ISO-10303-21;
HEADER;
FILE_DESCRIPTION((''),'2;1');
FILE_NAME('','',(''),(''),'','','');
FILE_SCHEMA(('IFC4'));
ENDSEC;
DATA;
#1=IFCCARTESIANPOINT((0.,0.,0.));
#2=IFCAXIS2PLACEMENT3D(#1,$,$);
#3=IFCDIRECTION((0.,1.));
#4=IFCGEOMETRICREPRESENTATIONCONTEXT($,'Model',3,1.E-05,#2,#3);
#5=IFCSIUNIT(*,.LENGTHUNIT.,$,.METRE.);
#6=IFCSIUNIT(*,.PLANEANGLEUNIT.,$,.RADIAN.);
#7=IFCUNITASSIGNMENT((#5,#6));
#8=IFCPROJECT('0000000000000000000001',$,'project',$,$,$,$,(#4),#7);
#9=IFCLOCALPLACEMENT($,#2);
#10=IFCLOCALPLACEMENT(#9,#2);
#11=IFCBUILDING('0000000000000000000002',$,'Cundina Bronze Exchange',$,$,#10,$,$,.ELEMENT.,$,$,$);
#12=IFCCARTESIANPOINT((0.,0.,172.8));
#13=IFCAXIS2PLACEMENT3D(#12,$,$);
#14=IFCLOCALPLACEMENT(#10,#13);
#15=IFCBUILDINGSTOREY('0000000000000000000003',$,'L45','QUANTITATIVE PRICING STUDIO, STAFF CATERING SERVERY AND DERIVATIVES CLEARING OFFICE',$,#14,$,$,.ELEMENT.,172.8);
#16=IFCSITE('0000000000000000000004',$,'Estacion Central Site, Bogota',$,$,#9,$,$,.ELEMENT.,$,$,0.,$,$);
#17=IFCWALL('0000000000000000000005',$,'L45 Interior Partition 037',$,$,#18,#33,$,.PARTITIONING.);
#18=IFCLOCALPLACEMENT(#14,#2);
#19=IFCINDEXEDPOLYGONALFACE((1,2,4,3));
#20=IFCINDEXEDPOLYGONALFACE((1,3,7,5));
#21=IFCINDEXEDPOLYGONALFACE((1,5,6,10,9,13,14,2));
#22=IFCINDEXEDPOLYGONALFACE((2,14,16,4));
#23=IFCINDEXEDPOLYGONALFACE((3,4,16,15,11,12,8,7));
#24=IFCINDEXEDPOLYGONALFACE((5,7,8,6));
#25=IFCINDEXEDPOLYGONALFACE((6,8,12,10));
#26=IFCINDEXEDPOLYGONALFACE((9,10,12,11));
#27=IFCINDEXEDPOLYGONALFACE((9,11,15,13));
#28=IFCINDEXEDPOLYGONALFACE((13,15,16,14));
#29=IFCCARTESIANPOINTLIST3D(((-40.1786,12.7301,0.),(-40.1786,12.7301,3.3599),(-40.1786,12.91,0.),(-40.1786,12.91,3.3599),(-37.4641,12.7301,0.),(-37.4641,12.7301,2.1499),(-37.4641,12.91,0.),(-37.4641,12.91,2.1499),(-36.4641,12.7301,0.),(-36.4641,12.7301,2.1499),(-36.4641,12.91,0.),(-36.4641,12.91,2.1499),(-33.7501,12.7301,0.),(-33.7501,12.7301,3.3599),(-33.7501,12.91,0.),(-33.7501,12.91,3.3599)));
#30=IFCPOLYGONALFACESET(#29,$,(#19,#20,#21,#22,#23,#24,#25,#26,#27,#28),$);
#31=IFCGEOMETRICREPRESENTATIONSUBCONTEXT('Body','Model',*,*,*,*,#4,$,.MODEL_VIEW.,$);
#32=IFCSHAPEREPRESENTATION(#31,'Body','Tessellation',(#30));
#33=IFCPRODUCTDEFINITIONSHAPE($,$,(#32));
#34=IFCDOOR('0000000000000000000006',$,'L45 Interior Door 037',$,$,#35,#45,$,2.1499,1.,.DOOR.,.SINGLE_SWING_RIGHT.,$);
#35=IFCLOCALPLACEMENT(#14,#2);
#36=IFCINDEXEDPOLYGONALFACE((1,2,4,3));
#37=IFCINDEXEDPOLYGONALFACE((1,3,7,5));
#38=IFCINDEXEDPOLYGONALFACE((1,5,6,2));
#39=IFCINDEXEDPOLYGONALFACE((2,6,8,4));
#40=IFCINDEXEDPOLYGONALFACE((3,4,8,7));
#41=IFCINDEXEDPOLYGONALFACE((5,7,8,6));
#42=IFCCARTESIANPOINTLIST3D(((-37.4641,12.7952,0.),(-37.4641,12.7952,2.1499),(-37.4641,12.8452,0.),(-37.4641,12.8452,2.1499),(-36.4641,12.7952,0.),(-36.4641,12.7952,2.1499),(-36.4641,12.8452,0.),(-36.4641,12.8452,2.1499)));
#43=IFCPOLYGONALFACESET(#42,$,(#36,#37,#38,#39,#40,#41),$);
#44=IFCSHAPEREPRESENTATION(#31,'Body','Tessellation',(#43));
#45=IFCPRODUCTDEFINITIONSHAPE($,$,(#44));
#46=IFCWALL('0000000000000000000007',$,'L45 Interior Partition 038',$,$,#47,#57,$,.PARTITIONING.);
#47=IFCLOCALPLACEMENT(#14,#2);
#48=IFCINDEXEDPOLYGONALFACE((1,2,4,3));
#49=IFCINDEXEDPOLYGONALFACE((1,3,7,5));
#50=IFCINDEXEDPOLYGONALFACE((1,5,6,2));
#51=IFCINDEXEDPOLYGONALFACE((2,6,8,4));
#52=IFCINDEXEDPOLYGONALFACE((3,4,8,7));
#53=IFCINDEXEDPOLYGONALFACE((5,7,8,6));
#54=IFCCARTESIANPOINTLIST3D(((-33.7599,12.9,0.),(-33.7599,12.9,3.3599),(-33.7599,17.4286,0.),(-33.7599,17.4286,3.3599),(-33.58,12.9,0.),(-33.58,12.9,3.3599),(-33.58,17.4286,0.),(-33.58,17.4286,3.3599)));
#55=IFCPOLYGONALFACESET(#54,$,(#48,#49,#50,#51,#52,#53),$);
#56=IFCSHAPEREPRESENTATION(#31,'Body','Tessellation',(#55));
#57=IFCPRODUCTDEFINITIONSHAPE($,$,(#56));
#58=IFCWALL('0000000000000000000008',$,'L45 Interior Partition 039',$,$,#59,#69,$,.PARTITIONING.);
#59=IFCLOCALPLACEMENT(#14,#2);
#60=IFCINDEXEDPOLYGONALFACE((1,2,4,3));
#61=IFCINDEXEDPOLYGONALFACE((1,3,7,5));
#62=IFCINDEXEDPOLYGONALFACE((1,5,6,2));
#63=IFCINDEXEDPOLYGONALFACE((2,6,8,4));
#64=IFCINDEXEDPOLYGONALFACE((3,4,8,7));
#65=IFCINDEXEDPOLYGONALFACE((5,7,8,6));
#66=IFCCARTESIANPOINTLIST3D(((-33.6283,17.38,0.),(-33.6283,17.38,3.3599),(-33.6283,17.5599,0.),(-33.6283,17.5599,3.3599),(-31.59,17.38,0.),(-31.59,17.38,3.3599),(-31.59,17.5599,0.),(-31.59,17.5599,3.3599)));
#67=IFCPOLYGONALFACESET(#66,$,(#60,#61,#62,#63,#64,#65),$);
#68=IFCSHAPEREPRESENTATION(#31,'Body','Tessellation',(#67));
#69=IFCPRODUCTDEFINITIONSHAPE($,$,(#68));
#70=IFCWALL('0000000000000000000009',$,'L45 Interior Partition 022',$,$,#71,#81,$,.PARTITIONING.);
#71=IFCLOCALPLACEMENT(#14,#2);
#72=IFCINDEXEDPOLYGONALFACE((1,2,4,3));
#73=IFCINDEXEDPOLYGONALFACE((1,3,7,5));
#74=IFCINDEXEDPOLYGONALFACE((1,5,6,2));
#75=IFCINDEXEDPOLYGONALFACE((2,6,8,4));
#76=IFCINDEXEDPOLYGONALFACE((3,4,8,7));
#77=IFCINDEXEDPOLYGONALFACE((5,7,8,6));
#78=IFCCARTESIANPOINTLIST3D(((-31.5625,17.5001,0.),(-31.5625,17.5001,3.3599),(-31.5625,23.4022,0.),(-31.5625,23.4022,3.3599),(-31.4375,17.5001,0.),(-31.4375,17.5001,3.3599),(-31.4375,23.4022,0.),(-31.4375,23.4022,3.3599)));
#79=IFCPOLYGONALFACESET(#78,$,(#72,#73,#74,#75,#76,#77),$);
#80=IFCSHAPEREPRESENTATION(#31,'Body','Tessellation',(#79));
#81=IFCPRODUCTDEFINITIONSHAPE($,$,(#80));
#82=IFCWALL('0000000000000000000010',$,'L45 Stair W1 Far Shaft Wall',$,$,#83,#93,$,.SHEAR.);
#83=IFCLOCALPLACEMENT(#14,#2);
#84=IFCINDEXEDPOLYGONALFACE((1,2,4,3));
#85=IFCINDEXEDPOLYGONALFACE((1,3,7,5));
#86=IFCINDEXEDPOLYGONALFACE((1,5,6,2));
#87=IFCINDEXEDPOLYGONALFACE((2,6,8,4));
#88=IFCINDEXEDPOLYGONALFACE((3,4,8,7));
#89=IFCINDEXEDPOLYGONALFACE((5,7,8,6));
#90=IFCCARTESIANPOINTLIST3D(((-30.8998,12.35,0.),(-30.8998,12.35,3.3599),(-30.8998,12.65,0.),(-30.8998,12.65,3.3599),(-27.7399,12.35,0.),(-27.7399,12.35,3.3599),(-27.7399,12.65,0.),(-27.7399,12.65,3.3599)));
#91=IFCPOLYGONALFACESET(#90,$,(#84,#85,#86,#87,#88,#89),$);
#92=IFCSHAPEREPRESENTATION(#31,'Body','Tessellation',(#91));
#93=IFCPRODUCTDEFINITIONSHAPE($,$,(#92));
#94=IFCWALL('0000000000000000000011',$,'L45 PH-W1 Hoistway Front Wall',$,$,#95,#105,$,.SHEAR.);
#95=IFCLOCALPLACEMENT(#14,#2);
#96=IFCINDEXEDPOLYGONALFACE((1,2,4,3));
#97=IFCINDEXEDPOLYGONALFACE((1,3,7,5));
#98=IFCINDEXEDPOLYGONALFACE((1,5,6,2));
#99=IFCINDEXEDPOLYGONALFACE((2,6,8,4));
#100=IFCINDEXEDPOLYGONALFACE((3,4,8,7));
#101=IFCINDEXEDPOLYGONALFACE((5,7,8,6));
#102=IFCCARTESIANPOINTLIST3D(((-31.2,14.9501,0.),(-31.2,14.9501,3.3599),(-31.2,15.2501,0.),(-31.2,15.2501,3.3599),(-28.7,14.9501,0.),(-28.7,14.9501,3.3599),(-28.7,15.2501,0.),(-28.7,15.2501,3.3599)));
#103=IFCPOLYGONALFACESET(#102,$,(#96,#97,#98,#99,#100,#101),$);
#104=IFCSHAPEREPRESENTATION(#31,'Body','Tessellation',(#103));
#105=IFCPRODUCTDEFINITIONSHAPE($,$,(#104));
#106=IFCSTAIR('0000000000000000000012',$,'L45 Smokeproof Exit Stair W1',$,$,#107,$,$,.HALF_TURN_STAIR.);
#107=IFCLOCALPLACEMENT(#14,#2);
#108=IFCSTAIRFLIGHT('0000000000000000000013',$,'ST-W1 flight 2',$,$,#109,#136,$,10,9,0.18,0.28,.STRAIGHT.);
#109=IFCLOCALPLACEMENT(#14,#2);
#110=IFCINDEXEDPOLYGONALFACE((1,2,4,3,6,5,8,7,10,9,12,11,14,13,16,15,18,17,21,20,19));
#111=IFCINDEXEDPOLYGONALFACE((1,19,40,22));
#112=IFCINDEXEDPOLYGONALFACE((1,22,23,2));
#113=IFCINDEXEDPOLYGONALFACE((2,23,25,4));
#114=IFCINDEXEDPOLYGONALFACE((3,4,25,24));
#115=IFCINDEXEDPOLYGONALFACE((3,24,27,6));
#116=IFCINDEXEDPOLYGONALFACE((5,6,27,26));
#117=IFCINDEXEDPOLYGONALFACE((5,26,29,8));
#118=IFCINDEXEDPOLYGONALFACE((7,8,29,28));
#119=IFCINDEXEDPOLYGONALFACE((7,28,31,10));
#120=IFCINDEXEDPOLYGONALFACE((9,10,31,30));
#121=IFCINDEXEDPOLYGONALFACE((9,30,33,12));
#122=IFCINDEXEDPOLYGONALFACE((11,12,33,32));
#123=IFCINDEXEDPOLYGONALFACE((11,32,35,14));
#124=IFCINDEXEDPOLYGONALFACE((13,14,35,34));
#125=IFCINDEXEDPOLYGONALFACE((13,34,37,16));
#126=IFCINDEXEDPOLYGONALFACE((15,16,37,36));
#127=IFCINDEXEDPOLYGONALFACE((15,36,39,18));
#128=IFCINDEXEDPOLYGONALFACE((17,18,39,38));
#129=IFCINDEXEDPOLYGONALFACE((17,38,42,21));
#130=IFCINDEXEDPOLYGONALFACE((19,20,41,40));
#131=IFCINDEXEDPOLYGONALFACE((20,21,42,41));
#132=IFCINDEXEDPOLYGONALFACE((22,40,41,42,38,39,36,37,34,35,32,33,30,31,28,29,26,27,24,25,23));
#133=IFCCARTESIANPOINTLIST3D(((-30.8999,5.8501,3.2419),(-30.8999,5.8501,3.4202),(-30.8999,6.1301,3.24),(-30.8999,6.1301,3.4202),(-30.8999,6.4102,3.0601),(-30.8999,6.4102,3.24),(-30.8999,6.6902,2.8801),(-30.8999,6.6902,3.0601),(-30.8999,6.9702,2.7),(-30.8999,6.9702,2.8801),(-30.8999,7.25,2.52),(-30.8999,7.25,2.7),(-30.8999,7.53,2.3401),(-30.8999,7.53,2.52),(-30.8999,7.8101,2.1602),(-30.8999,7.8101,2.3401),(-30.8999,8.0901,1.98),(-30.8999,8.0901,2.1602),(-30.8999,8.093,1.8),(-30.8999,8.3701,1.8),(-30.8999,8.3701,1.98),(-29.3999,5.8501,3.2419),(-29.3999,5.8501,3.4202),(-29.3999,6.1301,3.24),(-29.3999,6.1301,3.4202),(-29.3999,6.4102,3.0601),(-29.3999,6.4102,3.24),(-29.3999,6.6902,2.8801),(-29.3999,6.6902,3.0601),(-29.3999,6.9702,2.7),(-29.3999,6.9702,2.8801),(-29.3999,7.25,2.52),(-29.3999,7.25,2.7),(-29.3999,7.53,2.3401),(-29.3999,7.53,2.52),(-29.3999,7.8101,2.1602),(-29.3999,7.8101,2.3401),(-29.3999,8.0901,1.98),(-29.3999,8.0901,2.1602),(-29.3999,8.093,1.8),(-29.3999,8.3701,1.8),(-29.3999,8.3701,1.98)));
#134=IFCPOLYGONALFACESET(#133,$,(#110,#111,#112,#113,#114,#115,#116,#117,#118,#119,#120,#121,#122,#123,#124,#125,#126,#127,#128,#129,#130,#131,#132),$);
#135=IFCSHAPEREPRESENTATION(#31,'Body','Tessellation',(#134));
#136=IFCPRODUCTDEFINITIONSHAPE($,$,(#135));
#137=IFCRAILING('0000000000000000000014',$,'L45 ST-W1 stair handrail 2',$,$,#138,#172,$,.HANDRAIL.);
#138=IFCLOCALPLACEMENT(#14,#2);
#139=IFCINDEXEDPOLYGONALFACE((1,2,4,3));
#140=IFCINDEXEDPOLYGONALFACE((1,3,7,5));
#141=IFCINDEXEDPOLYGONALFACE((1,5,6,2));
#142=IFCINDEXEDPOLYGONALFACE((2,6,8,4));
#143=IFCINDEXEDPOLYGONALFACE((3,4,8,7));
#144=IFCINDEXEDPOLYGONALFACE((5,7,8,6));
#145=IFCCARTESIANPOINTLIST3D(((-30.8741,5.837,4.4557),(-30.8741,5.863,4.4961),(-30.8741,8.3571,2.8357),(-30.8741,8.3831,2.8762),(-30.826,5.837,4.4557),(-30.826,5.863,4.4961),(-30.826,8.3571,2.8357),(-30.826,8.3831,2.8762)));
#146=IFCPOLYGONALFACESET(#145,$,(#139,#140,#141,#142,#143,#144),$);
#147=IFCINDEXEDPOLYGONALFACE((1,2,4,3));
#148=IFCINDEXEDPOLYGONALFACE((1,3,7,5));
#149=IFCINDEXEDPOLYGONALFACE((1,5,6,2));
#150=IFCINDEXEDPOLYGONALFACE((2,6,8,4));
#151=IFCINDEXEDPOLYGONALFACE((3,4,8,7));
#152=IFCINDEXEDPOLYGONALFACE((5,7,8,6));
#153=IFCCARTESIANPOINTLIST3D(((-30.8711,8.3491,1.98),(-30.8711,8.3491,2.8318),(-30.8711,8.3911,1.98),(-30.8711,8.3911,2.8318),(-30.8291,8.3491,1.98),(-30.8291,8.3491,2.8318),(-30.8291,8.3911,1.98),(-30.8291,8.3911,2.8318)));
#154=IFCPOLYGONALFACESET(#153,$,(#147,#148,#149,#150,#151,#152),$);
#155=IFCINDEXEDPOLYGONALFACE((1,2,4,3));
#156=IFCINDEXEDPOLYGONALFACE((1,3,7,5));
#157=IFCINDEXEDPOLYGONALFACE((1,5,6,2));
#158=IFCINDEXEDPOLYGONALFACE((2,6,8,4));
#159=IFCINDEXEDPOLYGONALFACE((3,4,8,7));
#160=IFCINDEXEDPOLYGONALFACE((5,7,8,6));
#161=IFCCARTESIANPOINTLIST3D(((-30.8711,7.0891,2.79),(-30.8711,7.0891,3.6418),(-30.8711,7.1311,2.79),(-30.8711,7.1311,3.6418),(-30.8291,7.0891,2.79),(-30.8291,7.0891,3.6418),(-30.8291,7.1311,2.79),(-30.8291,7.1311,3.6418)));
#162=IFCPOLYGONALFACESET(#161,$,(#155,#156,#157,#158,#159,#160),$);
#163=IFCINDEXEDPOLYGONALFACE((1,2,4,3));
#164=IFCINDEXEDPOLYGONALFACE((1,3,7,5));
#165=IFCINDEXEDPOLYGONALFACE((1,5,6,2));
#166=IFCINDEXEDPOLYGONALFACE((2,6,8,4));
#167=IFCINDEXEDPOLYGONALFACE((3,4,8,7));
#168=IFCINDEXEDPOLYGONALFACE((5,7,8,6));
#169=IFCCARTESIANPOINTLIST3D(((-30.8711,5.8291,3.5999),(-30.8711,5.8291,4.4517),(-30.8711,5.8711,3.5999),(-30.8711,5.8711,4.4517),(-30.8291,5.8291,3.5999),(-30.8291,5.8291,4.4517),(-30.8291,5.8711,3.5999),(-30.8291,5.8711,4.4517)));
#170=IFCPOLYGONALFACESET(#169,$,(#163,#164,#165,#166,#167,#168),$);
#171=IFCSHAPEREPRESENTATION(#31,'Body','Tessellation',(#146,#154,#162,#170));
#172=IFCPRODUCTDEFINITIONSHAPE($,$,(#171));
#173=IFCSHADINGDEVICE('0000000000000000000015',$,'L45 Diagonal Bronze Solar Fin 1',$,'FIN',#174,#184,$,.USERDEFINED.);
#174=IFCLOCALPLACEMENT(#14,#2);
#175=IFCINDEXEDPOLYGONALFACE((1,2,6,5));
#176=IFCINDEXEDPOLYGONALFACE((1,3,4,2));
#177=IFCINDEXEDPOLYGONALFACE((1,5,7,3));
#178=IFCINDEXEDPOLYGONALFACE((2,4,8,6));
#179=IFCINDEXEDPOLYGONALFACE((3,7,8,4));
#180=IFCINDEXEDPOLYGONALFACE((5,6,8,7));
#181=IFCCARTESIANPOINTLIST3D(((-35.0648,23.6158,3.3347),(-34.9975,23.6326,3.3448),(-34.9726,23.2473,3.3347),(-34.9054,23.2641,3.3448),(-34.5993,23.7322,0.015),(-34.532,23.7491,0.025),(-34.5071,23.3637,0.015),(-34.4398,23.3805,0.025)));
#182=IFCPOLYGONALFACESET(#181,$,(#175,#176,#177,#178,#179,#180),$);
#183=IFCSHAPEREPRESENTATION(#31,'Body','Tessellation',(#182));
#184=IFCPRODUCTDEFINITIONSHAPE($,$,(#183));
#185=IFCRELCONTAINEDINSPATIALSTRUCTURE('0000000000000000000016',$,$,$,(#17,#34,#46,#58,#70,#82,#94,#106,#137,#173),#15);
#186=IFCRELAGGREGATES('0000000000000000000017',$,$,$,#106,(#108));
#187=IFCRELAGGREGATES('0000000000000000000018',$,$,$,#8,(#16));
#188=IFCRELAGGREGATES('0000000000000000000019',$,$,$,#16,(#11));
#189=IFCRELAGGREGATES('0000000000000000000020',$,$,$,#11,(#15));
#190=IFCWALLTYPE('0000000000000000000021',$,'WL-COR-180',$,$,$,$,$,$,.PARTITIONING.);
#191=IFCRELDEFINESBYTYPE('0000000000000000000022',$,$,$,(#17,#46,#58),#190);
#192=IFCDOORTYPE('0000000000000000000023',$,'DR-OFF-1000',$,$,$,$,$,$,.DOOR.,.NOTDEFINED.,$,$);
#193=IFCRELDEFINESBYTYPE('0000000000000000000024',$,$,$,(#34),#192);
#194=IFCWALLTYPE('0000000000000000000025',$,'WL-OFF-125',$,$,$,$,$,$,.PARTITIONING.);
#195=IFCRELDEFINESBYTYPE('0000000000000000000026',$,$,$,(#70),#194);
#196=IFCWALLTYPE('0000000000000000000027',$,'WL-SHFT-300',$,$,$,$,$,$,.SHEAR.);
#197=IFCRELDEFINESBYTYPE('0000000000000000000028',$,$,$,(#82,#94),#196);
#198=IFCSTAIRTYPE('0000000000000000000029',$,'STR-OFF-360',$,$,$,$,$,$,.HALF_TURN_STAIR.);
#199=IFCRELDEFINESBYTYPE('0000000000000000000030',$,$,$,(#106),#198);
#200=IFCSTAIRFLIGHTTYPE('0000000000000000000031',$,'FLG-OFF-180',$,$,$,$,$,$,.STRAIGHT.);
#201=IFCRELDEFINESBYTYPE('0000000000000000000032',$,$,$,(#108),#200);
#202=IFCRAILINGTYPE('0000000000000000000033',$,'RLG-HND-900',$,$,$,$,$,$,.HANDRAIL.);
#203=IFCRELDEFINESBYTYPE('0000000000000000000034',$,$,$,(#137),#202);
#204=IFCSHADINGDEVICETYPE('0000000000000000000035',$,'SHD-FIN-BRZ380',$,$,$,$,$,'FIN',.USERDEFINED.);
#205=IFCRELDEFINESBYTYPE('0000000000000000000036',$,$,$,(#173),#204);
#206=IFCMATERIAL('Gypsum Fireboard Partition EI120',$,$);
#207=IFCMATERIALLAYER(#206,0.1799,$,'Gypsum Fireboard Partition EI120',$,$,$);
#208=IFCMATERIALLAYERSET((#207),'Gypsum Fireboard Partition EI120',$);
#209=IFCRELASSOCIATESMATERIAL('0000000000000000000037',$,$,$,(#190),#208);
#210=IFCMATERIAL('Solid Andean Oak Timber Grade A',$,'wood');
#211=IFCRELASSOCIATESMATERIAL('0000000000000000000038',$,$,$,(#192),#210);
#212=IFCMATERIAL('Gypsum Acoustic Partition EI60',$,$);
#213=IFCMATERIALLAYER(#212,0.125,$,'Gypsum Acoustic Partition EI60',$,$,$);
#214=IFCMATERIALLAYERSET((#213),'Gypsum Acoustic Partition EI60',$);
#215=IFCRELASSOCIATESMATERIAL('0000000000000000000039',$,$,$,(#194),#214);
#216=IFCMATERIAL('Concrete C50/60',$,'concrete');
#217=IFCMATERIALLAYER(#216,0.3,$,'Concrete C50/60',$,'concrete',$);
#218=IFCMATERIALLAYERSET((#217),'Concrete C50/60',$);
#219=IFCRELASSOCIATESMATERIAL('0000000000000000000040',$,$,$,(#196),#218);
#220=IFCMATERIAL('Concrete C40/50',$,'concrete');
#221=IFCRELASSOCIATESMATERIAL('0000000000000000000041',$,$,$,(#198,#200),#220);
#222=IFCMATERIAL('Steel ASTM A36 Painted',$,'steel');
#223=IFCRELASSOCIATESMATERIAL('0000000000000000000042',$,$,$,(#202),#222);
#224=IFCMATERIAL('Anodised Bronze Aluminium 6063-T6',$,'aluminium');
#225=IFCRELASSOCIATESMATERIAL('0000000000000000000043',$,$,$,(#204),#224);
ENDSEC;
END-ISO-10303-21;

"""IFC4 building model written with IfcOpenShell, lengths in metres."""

from ifc_helpers import new_model, si_unit, direction, frame, frame_2d, origin, origin_2d, place, context, subcontext, project, spatial, polyline, rectangle, outline, extrude, material, layer, layer_set, material_profile, profile_set, type_object, element, fill, aggregate, save


model = new_model("IFC4")

# Units and contexts
model_context = context("Model", 3, precision=1e-05, world=origin(), true_north=direction((0.0, 1.0)))
body_context = subcontext(model_context, "Body", "Model", "MODEL_VIEW")
ifc_project = project(units=[si_unit("LENGTHUNIT", "METRE"), si_unit("PLANEANGLEUNIT", "RADIAN")], contexts=[model_context])

# Site, building, storey
site_placement = place(None, origin())
site = spatial("IfcSite", under=ifc_project, at=site_placement, Name="Estacion Central Site, Bogota", CompositionType="ELEMENT", RefElevation=0.0)
building_placement = place(site_placement, origin())
building = spatial("IfcBuilding", under=site, at=building_placement, Name="Cundina Bronze Exchange", CompositionType="ELEMENT")
storey_placement = place(building_placement, frame((0.0, 0.0, 172.8)))
storey = spatial("IfcBuildingStorey", under=building, at=storey_placement, Name="L45", Description="QUANTITATIVE PRICING STUDIO, STAFF CATERING SERVERY AND DERIVATIVES CLEARING OFFICE", CompositionType="ELEMENT", Elevation=172.8)

# Shared definitions
ifc_material_1 = material(Name="Concrete C50/60", Category="concrete")

# Shared definitions
ifc_material_2 = material(Name="Anodised Bronze Aluminium 6063-T6", Category="aluminium")

# Shared definitions
ifc_material_3 = material(Name="Gypsum Fireboard Partition EI120")
ifc_layer_1 = layer(ifc_material_3, 0.1799, Name="Gypsum Fireboard Partition EI120")
ifc_layer_set_1 = layer_set([ifc_layer_1], Name="Gypsum Fireboard Partition EI120")
wall_type_1 = type_object("IfcWallType", Name="WL-COR-180", PredefinedType="PARTITIONING", material=ifc_layer_set_1)
ifc_material_4 = material(Name="Solid Andean Oak Timber Grade A", Category="wood")
door_type_1 = type_object("IfcDoorType", Name="DR-OFF-1000", OperationType="NOTDEFINED", PredefinedType="DOOR", material=ifc_material_4)

# Wall, opening, door
wall_1_placement = place(storey_placement, frame((-33.75, 12.8201, 0.0), z_axis=(0.0, 0.0, 1.0), x_axis=(-1.0, 0.0, 0.0)))
wall_1 = element("IfcWall", 1, at=wall_1_placement, inside=storey, type_object=wall_type_1, Name="L45 Interior Partition 037", PredefinedType="PARTITIONING", context=body_context, shape_type="SweptSolid", body=[
    extrude(rectangle(XDim=6.4285, YDim=0.1799, at=frame_2d((3.2144, 0.0))), origin(), (0.0, 0.0, 1.0), 3.3599),
])
opening_1_placement = place(wall_1_placement, frame((2.7141, 0.0, 0.0)))
opening_1 = element("IfcOpeningElement", 2, at=opening_1_placement, cuts=wall_1, PredefinedType="OPENING", context=body_context, shape_type="SweptSolid", body=[
    extrude(rectangle(XDim=1.0, YDim=2.1499, at=frame_2d((0.5, 1.075))), frame((0.0, 0.0999, 0.0), z_axis=(0.0, -1.0, 0.0), x_axis=(1.0, 0.0, 0.0)), (0.0, 0.0, 1.0), 0.2),
])
door_1_placement = place(opening_1_placement, origin())
door_1 = element("IfcDoor", 3, at=door_1_placement, inside=storey, type_object=door_type_1, Name="L45 Interior Door 037", OperationType="SINGLE_SWING_RIGHT", OverallHeight=2.1499, OverallWidth=1.0, PredefinedType="DOOR", context=body_context, shape_type="SweptSolid", body=[
    extrude(rectangle(XDim=1.0, YDim=2.1499, at=frame_2d((0.5, 1.075))), frame((0.0, 0.0249, 0.0), z_axis=(0.0, -1.0, 0.0), x_axis=(1.0, 0.0, 0.0)), (0.0, 0.0, 1.0), 0.05),
])
fill(opening_1, door_1)

# Walls
wall_2_placement = place(storey_placement, frame((-33.6699, 17.4285, 0.0), z_axis=(0.0, 0.0, 1.0), x_axis=(0.0, -1.0, 0.0)))
element("IfcWall", 4, at=wall_2_placement, inside=storey, type_object=wall_type_1, Name="L45 Interior Partition 038", PredefinedType="PARTITIONING", context=body_context, shape_type="SweptSolid", body=[
    extrude(rectangle(XDim=4.5286, YDim=0.1799, at=frame_2d((2.2642, 0.0))), origin(), (0.0, 0.0, 1.0), 3.3599),
])
wall_3_placement = place(storey_placement, frame((-31.5901, 17.47, 0.0), z_axis=(0.0, 0.0, 1.0), x_axis=(-1.0, 0.0, 0.0)))
element("IfcWall", 5, at=wall_3_placement, inside=storey, type_object=wall_type_1, Name="L45 Interior Partition 039", PredefinedType="PARTITIONING", context=body_context, shape_type="SweptSolid", body=[
    extrude(rectangle(XDim=2.0383, YDim=0.1799, at=frame_2d((1.019, 0.0))), origin(), (0.0, 0.0, 1.0), 3.3599),
])
ifc_material_5 = material(Name="Gypsum Acoustic Partition EI60")
ifc_layer_2 = layer(ifc_material_5, 0.125, Name="Gypsum Acoustic Partition EI60")
ifc_layer_set_2 = layer_set([ifc_layer_2], Name="Gypsum Acoustic Partition EI60")
wall_type_2 = type_object("IfcWallType", Name="WL-OFF-125", PredefinedType="PARTITIONING", material=ifc_layer_set_2)
wall_4_placement = place(storey_placement, frame((-31.5, 17.5, 0.0), z_axis=(0.0, 0.0, 1.0), x_axis=(0.0, 1.0, 0.0)))
element("IfcWall", 6, at=wall_4_placement, inside=storey, type_object=wall_type_2, Name="L45 Interior Partition 022", PredefinedType="PARTITIONING", context=body_context, shape_type="SweptSolid", body=[
    extrude(rectangle(XDim=5.9021, YDim=0.125, at=frame_2d((2.9512, 0.0))), origin(), (0.0, 0.0, 1.0), 3.3599),
])

# Shared definitions
ifc_layer_3 = layer(ifc_material_1, 0.3, Name="Concrete C50/60", Category="concrete")
ifc_layer_set_3 = layer_set([ifc_layer_3], Name="Concrete C50/60")
wall_type_3 = type_object("IfcWallType", Name="WL-SHFT-300", PredefinedType="SHEAR", material=ifc_layer_set_3)
ifc_material_6 = material(Name="Steel ASTM A36 Painted", Category="steel")

# Walls
wall_5_placement = place(storey_placement, frame((-30.8999, 12.5, 0.0), z_axis=(0.0, 0.0, 1.0), x_axis=(1.0, 0.0, 0.0)))
element("IfcWall", 7, at=wall_5_placement, inside=storey, type_object=wall_type_3, Name="L45 Stair W1 Far Shaft Wall", PredefinedType="SHEAR", context=body_context, shape_type="SweptSolid", body=[
    extrude(rectangle(XDim=3.1599, YDim=0.3, at=frame_2d((1.5801, 0.0))), origin(), (0.0, 0.0, 1.0), 3.3599),
])
wall_6_placement = place(storey_placement, frame((-31.2, 15.1001, 0.0), z_axis=(0.0, 0.0, 1.0), x_axis=(1.0, 0.0, 0.0)))
element("IfcWall", 8, at=wall_6_placement, inside=storey, type_object=wall_type_3, Name="L45 PH-W1 Hoistway Front Wall", PredefinedType="SHEAR", context=body_context, shape_type="SweptSolid", body=[
    extrude(rectangle(XDim=2.5, YDim=0.3, at=frame_2d((1.25, 0.0))), origin(), (0.0, 0.0, 1.0), 3.3599),
])

# Stair, stair flight
ifc_material_7 = material(Name="Concrete C40/50", Category="concrete")
stair_type = type_object("IfcStairType", Name="STR-OFF-360", PredefinedType="HALF_TURN_STAIR", material=ifc_material_7)
stair_placement = place(storey_placement, origin())
stair = element("IfcStair", 9, at=stair_placement, inside=storey, type_object=stair_type, Name="L45 Smokeproof Exit Stair W1", PredefinedType="HALF_TURN_STAIR")
stair_flight_type = type_object("IfcStairFlightType", Name="FLG-OFF-180", PredefinedType="STRAIGHT", material=ifc_material_7)
stair_flight_placement = place(storey_placement, frame((-30.1499, 8.3701, 1.8), z_axis=(0.0, 0.0, 1.0), x_axis=(0.0, -1.0, 0.0)))
stair_flight = element("IfcStairFlight", 10, at=stair_flight_placement, type_object=stair_flight_type, Name="ST-W1 flight 2", NumberOfRisers=10, NumberOfTreads=9, PredefinedType="STRAIGHT", RiserHeight=0.18, TreadLength=0.28, context=body_context, shape_type="SweptSolid", body=[
    extrude(outline(polyline([(0.0, 0.0), (0.0, 0.1799), (0.28, 0.1799), (0.28, 0.3601), (0.5601, 0.3601), (0.5601, 0.54), (0.8401, 0.54), (0.8401, 0.72), (1.1201, 0.72), (1.1201, 0.8999), (1.3999, 0.8999), (1.3999, 1.0801), (1.6799, 1.0801), (1.6799, 1.26), (1.96, 1.26), (1.96, 1.4399), (2.24, 1.4399), (2.24, 1.6201), (2.52, 1.6201), (2.52, 1.8), (2.52, 1.4419), (0.2771, 0.0), (0.0, 0.0)])), frame((0.0, 0.75, 0.0), z_axis=(0.0, -1.0, 0.0), x_axis=(1.0, 0.0, 0.0)), (0.0, 0.0, 1.0), 1.5),
])
aggregate(stair, [stair_flight])

# Railing
railing_type = type_object("IfcRailingType", Name="RLG-HND-900", PredefinedType="HANDRAIL", material=ifc_material_6)
railing_placement = place(storey_placement, frame((-30.8501, 8.3701, 1.98)))
element("IfcRailing", 11, at=railing_placement, inside=storey, type_object=railing_type, Name="L45 ST-W1 stair handrail 2", PredefinedType="HANDRAIL", context=body_context, shape_type="SweptSolid", body=[
    extrude(rectangle(XDim=0.0481, YDim=0.0481, at=origin_2d()), frame((0.0, 0.0, 0.876), z_axis=(0.0, -0.8412, 0.540725), x_axis=(1.0, 0.0, 0.0)), (0.0, 0.0, 1.0), 2.9958),
    extrude(rectangle(XDim=0.042, YDim=0.042, at=origin_2d()), origin(), (0.0, 0.0, 1.0), 0.8518),
    extrude(rectangle(XDim=0.042, YDim=0.042, at=origin_2d()), frame((0.0, -1.26, 0.8101)), (0.0, 0.0, 1.0), 0.8518),
    extrude(rectangle(XDim=0.042, YDim=0.042, at=origin_2d()), frame((0.0, -2.52, 1.6199)), (0.0, 0.0, 1.0), 0.8518),
])

# Shading device
ifc_material_profile_1 = material_profile(ifc_material_2, rectangle(XDim=0.0701, YDim=0.3799, at=origin_2d()), Name="FIN70X380", Category="aluminium")
ifc_profile_set_1 = profile_set([ifc_material_profile_1], Name="Anodised Bronze Aluminium 6063-T6")
shading_device_type = type_object("IfcShadingDeviceType", Name="SHD-FIN-BRZ380", ElementType="FIN", PredefinedType="USERDEFINED", material=ifc_profile_set_1)
shading_device_placement = place(storey_placement, frame((-34.5195, 23.5564, 0.02), z_axis=(-0.138798, -0.034718, 0.989712), x_axis=(0.960132, 0.240159, 0.143075)))
element("IfcShadingDevice", 12, at=shading_device_placement, inside=storey, type_object=shading_device_type, Name="L45 Diagonal Bronze Solar Fin 1", ObjectType="FIN", PredefinedType="USERDEFINED", context=body_context, shape_type="SweptSolid", body=[
    extrude(rectangle(XDim=0.0701, YDim=0.3799, at=origin_2d()), origin(), (0.0, 0.0, 1.0), 3.3542),
])

save(model, "model.ifc")
